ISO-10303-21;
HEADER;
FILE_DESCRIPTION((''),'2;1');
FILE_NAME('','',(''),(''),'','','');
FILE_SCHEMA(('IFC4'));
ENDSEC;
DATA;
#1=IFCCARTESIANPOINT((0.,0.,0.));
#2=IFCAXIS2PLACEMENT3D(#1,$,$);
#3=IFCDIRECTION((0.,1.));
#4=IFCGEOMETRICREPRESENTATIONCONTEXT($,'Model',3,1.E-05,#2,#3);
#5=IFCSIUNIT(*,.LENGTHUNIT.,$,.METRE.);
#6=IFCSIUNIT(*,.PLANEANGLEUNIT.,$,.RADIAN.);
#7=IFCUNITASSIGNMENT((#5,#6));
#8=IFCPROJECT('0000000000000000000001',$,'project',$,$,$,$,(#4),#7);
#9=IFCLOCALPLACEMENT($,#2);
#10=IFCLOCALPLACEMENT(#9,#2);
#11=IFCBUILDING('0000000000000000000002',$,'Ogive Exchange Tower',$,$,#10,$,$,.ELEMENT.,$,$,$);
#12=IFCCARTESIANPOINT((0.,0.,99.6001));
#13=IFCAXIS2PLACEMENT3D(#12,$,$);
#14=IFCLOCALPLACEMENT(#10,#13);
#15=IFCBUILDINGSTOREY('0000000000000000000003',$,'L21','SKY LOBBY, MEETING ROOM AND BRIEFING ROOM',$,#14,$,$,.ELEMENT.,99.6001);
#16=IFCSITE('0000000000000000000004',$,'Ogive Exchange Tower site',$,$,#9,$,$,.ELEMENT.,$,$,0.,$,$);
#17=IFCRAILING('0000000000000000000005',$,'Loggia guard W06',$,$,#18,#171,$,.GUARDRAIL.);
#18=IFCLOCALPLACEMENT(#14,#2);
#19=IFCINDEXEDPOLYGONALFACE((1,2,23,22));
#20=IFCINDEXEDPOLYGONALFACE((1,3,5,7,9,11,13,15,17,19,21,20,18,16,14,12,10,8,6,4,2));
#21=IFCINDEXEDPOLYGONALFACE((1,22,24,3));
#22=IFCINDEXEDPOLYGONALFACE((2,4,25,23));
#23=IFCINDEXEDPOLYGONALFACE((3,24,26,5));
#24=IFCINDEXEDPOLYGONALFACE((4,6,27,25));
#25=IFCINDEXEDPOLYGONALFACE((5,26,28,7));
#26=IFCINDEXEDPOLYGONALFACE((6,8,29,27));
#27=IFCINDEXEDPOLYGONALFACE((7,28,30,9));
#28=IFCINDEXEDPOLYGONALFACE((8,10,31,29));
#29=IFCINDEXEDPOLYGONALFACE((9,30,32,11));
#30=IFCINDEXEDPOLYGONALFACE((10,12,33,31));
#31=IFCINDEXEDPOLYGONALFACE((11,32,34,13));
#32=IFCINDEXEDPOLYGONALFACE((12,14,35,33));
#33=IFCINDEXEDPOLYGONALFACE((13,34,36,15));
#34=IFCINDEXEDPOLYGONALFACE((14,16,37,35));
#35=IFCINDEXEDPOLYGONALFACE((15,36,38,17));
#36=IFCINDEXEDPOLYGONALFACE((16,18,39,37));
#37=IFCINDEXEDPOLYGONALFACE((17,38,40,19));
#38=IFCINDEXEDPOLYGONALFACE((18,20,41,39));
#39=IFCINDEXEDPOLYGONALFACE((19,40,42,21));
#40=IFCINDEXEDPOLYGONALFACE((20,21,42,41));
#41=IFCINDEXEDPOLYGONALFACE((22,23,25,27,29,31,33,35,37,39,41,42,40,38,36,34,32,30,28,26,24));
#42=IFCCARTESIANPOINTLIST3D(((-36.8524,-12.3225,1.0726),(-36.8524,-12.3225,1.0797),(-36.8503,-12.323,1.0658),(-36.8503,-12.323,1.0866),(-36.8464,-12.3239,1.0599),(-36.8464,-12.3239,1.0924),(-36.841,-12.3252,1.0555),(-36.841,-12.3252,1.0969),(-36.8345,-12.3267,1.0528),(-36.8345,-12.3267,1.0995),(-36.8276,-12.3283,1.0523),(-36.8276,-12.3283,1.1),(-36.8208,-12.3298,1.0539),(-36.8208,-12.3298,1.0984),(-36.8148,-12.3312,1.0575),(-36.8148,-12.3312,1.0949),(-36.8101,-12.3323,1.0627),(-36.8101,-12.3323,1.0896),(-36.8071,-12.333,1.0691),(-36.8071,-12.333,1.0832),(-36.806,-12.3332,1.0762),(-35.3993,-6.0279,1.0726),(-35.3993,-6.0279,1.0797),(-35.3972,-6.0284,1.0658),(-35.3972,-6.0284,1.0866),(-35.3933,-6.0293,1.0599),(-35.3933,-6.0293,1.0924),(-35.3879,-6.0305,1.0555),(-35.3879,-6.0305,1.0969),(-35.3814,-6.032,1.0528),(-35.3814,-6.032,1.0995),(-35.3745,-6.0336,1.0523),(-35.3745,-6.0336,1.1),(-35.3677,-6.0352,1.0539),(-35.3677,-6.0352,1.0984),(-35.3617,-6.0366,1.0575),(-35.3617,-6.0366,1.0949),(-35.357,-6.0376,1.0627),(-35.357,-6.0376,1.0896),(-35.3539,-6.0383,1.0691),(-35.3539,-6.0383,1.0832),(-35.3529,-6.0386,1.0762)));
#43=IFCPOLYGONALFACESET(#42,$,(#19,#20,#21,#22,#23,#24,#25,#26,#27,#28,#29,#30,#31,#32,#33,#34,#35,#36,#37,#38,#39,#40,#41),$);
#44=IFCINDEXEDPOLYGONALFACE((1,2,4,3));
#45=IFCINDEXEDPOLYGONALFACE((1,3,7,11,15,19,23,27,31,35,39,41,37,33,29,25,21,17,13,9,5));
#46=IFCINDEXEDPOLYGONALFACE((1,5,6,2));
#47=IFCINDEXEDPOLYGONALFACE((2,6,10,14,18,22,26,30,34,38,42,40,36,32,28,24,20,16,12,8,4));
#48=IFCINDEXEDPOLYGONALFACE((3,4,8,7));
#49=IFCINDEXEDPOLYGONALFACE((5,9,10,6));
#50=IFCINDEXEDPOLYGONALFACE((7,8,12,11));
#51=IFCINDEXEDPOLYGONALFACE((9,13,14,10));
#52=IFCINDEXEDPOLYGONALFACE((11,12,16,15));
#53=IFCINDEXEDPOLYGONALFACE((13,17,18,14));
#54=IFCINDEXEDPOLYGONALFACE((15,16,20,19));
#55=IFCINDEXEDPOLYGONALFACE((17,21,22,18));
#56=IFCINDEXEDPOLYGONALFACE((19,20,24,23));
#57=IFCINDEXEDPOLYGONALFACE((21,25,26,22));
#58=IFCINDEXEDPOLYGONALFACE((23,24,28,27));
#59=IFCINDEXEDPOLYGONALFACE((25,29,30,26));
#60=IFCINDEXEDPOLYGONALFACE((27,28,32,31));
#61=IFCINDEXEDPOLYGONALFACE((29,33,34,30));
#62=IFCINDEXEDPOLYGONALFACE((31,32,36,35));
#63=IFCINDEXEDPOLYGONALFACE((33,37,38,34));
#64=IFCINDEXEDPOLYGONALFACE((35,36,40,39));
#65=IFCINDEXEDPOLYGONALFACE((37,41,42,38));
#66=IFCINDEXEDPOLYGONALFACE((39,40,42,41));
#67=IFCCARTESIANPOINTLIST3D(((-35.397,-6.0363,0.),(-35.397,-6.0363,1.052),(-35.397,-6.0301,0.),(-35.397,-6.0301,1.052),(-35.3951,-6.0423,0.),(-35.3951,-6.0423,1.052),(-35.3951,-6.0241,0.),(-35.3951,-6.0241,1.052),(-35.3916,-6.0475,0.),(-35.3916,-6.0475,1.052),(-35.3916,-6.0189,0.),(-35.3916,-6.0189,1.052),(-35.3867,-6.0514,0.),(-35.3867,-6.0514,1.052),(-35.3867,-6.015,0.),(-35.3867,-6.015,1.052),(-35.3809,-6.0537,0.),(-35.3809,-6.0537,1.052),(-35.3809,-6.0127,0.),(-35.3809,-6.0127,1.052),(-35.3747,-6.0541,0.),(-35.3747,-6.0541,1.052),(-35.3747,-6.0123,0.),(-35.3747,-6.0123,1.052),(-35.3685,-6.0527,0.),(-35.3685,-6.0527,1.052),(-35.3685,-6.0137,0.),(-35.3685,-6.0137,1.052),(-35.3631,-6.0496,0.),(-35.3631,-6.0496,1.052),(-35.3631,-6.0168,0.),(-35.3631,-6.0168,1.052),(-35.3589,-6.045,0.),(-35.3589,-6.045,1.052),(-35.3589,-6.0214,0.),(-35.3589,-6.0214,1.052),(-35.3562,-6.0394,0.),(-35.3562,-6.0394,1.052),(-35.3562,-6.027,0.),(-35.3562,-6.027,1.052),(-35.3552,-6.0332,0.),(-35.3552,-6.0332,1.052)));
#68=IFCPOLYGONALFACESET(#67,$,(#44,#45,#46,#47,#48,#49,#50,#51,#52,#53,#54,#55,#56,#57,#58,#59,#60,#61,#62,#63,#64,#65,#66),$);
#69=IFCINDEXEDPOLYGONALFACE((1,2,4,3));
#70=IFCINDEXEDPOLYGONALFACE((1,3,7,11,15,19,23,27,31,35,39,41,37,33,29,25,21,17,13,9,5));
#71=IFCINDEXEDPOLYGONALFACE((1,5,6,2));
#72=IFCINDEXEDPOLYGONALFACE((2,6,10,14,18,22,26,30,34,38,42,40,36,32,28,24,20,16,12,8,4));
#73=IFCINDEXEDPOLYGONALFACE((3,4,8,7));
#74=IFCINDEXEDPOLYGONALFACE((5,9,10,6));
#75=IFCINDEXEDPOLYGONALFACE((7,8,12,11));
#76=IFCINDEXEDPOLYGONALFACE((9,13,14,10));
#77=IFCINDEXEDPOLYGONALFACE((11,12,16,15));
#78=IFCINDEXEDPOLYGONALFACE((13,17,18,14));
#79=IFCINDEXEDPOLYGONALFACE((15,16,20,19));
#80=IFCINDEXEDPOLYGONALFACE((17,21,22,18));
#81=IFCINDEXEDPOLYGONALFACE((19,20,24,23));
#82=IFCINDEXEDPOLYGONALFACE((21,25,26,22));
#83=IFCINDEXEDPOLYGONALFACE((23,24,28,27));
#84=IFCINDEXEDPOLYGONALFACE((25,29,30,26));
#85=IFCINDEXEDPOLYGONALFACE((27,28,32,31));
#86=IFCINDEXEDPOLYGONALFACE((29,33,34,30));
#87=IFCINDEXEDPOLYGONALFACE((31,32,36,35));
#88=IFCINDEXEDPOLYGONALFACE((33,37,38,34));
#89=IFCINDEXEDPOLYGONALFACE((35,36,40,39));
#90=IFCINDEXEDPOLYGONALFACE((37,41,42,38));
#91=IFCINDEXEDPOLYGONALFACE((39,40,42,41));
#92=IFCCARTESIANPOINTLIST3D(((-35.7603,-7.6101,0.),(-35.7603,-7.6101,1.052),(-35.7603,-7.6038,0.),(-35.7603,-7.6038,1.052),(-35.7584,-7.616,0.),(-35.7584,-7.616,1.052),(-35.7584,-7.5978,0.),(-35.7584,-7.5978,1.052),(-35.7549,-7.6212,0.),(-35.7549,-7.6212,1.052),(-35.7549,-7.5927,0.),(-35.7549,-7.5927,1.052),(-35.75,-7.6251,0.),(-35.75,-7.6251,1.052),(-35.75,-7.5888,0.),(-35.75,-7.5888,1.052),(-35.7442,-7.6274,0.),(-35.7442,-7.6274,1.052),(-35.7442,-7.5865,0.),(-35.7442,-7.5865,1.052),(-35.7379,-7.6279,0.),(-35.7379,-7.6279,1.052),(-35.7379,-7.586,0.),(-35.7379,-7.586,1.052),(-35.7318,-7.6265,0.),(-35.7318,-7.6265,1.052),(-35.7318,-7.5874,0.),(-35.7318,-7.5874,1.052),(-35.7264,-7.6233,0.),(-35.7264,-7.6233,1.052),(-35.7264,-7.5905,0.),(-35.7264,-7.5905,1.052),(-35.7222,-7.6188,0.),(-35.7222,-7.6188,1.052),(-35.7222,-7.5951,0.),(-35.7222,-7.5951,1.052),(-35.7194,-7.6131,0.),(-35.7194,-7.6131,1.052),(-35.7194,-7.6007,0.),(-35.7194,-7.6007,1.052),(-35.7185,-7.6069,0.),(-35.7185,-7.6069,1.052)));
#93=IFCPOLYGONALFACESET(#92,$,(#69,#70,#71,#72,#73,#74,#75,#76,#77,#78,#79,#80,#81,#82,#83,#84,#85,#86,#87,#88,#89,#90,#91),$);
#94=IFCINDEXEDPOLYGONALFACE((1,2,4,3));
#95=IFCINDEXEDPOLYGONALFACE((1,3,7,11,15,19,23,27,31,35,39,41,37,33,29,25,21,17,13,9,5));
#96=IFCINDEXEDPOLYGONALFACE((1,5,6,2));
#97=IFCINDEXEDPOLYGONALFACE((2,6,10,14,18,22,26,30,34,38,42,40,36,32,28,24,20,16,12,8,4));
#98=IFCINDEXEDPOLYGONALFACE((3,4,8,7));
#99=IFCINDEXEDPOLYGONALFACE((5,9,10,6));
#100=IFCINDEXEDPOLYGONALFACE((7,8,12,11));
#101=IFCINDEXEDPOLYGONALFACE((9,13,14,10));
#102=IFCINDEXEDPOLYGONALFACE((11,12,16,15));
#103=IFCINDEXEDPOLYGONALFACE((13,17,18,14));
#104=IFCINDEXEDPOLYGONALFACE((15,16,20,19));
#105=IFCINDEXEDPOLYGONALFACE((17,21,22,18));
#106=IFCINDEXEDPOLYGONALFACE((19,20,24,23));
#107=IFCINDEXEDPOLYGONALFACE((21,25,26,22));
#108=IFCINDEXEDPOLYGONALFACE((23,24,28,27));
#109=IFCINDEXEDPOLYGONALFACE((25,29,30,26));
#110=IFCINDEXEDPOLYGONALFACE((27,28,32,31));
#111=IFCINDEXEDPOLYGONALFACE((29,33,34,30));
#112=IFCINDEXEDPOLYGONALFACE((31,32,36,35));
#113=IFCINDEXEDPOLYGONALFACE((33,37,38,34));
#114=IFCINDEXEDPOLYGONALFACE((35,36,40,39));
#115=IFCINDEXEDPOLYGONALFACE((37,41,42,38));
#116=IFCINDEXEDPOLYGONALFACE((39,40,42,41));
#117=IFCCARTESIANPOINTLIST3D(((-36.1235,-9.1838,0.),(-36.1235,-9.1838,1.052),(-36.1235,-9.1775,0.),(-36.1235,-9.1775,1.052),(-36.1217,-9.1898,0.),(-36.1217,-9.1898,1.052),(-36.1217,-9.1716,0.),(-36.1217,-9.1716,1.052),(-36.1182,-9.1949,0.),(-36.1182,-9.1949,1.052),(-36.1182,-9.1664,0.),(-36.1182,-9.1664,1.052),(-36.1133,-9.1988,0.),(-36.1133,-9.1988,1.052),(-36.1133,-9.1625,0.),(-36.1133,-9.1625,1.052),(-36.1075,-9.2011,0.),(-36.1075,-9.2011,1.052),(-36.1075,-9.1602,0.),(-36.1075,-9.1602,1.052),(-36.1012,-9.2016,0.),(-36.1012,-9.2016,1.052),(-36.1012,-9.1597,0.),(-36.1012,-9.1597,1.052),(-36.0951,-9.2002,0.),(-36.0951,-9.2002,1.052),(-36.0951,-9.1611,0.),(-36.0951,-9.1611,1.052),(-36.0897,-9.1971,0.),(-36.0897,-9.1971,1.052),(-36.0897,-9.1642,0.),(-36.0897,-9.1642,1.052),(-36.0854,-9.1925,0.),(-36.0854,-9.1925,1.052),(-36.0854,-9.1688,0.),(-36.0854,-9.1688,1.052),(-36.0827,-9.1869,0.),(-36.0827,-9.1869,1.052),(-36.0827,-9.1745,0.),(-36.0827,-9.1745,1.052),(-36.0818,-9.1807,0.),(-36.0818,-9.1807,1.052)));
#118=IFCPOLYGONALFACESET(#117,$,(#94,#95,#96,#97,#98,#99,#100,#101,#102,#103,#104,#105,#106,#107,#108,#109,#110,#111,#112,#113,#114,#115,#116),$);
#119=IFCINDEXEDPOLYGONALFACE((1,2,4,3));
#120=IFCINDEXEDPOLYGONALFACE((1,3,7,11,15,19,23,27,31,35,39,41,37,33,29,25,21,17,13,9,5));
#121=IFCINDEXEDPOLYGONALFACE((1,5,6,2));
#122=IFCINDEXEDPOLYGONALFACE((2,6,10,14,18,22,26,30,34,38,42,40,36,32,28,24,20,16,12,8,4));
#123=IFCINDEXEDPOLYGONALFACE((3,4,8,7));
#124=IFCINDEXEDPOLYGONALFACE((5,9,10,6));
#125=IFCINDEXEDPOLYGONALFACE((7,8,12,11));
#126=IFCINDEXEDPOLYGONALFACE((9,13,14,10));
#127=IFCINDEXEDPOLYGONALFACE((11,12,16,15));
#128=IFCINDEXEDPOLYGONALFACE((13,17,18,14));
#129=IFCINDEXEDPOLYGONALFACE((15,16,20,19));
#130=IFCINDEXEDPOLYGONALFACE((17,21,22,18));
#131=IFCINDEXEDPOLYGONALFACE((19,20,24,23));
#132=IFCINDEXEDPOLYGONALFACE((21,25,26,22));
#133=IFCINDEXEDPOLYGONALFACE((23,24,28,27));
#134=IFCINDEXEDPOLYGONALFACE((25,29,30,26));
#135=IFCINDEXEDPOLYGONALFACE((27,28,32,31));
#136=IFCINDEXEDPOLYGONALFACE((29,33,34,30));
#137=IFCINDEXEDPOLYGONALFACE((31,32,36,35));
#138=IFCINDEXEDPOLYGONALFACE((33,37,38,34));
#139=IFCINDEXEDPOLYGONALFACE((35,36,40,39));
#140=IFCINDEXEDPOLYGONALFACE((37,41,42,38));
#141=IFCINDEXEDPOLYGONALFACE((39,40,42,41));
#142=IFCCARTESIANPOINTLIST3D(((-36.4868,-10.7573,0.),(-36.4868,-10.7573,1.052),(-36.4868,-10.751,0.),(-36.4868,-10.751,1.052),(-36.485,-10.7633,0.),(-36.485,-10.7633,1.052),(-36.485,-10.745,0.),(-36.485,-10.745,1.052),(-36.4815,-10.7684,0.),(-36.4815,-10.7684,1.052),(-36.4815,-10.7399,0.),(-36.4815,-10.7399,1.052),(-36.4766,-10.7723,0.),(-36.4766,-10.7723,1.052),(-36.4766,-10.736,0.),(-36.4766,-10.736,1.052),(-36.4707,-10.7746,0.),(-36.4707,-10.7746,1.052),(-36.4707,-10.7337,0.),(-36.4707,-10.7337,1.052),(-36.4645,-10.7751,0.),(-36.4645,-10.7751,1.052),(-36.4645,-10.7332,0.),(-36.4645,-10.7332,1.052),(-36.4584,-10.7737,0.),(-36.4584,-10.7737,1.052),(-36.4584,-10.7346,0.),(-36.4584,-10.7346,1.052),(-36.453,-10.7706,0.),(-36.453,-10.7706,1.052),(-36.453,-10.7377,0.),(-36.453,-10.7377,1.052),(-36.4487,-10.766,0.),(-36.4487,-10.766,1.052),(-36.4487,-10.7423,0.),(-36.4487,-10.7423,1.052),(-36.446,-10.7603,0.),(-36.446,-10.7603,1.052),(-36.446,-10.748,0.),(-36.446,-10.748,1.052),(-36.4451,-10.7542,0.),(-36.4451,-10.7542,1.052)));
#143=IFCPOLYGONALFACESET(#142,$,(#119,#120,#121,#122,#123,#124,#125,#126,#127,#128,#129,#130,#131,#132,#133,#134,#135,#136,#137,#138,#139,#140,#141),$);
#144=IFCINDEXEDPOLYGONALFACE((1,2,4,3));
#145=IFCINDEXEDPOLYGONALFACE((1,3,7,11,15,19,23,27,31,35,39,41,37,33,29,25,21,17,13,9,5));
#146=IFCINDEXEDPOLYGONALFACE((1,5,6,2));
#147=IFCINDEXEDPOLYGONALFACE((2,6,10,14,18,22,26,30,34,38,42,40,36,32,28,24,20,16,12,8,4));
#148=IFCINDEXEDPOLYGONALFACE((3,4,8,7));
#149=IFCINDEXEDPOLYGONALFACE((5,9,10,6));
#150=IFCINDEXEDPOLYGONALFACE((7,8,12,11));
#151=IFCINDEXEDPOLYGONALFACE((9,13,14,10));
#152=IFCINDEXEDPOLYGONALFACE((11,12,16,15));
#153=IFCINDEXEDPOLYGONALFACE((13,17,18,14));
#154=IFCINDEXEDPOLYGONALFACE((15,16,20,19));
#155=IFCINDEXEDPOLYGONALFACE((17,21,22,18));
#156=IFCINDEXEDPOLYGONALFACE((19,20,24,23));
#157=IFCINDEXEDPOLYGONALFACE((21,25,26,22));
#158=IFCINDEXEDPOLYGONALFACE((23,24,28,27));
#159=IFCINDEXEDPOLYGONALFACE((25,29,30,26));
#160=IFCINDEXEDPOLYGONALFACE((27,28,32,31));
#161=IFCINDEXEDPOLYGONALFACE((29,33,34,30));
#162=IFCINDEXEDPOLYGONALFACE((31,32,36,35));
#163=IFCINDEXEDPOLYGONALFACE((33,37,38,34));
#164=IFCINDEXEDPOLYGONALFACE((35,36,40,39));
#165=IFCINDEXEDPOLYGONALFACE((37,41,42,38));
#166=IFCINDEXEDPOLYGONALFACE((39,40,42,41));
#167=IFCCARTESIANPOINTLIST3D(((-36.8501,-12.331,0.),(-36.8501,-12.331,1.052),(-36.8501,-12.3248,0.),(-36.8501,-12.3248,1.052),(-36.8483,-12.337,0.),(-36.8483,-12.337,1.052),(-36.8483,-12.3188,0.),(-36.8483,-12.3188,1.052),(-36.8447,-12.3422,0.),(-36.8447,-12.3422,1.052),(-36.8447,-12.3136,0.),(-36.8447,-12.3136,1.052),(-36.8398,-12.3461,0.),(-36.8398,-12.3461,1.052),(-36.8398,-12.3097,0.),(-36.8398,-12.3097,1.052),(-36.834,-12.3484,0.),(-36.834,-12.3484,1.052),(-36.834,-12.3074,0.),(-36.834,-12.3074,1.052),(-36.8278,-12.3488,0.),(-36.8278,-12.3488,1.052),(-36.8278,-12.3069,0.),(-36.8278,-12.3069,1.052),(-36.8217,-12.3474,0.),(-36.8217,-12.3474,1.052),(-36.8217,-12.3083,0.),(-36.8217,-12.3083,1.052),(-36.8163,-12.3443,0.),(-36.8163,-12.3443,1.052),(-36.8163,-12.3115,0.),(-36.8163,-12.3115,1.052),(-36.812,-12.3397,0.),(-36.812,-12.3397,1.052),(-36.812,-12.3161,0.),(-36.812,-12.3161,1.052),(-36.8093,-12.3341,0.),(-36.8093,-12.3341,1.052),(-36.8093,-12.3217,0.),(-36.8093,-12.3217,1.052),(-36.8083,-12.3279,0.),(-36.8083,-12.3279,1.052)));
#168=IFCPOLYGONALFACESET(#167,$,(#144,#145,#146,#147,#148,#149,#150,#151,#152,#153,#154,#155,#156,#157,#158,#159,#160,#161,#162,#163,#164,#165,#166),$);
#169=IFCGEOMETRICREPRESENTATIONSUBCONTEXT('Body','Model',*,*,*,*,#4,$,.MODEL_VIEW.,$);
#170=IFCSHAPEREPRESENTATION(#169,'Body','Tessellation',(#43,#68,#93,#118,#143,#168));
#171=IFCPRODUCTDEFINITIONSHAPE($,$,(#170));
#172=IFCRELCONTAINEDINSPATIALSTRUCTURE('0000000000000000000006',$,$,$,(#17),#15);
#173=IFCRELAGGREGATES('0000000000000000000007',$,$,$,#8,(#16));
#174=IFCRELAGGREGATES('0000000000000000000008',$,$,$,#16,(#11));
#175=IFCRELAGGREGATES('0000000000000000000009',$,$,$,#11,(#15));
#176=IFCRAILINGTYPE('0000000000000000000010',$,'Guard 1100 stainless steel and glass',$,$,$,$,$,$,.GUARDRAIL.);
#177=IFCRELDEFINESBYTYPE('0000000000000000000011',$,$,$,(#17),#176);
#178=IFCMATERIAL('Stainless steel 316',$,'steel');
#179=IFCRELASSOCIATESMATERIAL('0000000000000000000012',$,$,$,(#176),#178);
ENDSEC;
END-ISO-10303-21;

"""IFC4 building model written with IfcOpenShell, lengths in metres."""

from ifc_helpers import new_model, si_unit, direction, frame, origin, origin_2d, place, context, subcontext, project, spatial, circle, extrude, material, type_object, element, save


model = new_model("IFC4")

# Units and contexts
model_context = context("Model", 3, precision=1e-05, world=origin(), true_north=direction((0.0, 1.0)))
body_context = subcontext(model_context, "Body", "Model", "MODEL_VIEW")
ifc_project = project(units=[si_unit("LENGTHUNIT", "METRE"), si_unit("PLANEANGLEUNIT", "RADIAN")], contexts=[model_context])

# Site, building, storey
site_placement = place(None, origin())
site = spatial("IfcSite", under=ifc_project, at=site_placement, Name="Ogive Exchange Tower site", CompositionType="ELEMENT", RefElevation=0.0)
building_placement = place(site_placement, origin())
building = spatial("IfcBuilding", under=site, at=building_placement, Name="Ogive Exchange Tower", CompositionType="ELEMENT")
storey_placement = place(building_placement, frame((0.0, 0.0, 99.6001)))
storey = spatial("IfcBuildingStorey", under=building, at=storey_placement, Name="L21", Description="SKY LOBBY, MEETING ROOM AND BRIEFING ROOM", CompositionType="ELEMENT", Elevation=99.6001)

# Railing
ifc_material_1 = material(Name="Stainless steel 316", Category="steel")
railing_type = type_object("IfcRailingType", Name="Guard 1100 stainless steel and glass", PredefinedType="GUARDRAIL", material=ifc_material_1)
railing_placement = place(storey_placement, frame((-35.3762, -6.0332, 0.0)))
element("IfcRailing", 1, at=railing_placement, inside=storey, type_object=railing_type, Name="Loggia guard W06", PredefinedType="GUARDRAIL", context=body_context, shape_type="SweptSolid", body=[
    extrude(circle(Radius=0.0239, at=origin_2d()), frame((0.0, 0.0, 1.0762), z_axis=(-0.224934, -0.974374, 0.0), x_axis=(0.974374, -0.224934, 0.0)), (0.0, 0.0, 1.0), 6.4602),
    extrude(circle(Radius=0.021, at=origin_2d()), origin(), (0.0, 0.0, 1.0), 1.052),
    extrude(circle(Radius=0.021, at=origin_2d()), frame((-0.3633, -1.5737, 0.0)), (0.0, 0.0, 1.0), 1.052),
    extrude(circle(Radius=0.021, at=origin_2d()), frame((-0.7266, -3.1475, 0.0)), (0.0, 0.0, 1.0), 1.052),
    extrude(circle(Radius=0.021, at=origin_2d()), frame((-1.0898, -4.7209, 0.0)), (0.0, 0.0, 1.0), 1.052),
    extrude(circle(Radius=0.021, at=origin_2d()), frame((-1.4531, -6.2947, 0.0)), (0.0, 0.0, 1.0), 1.052),
])

save(model, "model.ifc")
